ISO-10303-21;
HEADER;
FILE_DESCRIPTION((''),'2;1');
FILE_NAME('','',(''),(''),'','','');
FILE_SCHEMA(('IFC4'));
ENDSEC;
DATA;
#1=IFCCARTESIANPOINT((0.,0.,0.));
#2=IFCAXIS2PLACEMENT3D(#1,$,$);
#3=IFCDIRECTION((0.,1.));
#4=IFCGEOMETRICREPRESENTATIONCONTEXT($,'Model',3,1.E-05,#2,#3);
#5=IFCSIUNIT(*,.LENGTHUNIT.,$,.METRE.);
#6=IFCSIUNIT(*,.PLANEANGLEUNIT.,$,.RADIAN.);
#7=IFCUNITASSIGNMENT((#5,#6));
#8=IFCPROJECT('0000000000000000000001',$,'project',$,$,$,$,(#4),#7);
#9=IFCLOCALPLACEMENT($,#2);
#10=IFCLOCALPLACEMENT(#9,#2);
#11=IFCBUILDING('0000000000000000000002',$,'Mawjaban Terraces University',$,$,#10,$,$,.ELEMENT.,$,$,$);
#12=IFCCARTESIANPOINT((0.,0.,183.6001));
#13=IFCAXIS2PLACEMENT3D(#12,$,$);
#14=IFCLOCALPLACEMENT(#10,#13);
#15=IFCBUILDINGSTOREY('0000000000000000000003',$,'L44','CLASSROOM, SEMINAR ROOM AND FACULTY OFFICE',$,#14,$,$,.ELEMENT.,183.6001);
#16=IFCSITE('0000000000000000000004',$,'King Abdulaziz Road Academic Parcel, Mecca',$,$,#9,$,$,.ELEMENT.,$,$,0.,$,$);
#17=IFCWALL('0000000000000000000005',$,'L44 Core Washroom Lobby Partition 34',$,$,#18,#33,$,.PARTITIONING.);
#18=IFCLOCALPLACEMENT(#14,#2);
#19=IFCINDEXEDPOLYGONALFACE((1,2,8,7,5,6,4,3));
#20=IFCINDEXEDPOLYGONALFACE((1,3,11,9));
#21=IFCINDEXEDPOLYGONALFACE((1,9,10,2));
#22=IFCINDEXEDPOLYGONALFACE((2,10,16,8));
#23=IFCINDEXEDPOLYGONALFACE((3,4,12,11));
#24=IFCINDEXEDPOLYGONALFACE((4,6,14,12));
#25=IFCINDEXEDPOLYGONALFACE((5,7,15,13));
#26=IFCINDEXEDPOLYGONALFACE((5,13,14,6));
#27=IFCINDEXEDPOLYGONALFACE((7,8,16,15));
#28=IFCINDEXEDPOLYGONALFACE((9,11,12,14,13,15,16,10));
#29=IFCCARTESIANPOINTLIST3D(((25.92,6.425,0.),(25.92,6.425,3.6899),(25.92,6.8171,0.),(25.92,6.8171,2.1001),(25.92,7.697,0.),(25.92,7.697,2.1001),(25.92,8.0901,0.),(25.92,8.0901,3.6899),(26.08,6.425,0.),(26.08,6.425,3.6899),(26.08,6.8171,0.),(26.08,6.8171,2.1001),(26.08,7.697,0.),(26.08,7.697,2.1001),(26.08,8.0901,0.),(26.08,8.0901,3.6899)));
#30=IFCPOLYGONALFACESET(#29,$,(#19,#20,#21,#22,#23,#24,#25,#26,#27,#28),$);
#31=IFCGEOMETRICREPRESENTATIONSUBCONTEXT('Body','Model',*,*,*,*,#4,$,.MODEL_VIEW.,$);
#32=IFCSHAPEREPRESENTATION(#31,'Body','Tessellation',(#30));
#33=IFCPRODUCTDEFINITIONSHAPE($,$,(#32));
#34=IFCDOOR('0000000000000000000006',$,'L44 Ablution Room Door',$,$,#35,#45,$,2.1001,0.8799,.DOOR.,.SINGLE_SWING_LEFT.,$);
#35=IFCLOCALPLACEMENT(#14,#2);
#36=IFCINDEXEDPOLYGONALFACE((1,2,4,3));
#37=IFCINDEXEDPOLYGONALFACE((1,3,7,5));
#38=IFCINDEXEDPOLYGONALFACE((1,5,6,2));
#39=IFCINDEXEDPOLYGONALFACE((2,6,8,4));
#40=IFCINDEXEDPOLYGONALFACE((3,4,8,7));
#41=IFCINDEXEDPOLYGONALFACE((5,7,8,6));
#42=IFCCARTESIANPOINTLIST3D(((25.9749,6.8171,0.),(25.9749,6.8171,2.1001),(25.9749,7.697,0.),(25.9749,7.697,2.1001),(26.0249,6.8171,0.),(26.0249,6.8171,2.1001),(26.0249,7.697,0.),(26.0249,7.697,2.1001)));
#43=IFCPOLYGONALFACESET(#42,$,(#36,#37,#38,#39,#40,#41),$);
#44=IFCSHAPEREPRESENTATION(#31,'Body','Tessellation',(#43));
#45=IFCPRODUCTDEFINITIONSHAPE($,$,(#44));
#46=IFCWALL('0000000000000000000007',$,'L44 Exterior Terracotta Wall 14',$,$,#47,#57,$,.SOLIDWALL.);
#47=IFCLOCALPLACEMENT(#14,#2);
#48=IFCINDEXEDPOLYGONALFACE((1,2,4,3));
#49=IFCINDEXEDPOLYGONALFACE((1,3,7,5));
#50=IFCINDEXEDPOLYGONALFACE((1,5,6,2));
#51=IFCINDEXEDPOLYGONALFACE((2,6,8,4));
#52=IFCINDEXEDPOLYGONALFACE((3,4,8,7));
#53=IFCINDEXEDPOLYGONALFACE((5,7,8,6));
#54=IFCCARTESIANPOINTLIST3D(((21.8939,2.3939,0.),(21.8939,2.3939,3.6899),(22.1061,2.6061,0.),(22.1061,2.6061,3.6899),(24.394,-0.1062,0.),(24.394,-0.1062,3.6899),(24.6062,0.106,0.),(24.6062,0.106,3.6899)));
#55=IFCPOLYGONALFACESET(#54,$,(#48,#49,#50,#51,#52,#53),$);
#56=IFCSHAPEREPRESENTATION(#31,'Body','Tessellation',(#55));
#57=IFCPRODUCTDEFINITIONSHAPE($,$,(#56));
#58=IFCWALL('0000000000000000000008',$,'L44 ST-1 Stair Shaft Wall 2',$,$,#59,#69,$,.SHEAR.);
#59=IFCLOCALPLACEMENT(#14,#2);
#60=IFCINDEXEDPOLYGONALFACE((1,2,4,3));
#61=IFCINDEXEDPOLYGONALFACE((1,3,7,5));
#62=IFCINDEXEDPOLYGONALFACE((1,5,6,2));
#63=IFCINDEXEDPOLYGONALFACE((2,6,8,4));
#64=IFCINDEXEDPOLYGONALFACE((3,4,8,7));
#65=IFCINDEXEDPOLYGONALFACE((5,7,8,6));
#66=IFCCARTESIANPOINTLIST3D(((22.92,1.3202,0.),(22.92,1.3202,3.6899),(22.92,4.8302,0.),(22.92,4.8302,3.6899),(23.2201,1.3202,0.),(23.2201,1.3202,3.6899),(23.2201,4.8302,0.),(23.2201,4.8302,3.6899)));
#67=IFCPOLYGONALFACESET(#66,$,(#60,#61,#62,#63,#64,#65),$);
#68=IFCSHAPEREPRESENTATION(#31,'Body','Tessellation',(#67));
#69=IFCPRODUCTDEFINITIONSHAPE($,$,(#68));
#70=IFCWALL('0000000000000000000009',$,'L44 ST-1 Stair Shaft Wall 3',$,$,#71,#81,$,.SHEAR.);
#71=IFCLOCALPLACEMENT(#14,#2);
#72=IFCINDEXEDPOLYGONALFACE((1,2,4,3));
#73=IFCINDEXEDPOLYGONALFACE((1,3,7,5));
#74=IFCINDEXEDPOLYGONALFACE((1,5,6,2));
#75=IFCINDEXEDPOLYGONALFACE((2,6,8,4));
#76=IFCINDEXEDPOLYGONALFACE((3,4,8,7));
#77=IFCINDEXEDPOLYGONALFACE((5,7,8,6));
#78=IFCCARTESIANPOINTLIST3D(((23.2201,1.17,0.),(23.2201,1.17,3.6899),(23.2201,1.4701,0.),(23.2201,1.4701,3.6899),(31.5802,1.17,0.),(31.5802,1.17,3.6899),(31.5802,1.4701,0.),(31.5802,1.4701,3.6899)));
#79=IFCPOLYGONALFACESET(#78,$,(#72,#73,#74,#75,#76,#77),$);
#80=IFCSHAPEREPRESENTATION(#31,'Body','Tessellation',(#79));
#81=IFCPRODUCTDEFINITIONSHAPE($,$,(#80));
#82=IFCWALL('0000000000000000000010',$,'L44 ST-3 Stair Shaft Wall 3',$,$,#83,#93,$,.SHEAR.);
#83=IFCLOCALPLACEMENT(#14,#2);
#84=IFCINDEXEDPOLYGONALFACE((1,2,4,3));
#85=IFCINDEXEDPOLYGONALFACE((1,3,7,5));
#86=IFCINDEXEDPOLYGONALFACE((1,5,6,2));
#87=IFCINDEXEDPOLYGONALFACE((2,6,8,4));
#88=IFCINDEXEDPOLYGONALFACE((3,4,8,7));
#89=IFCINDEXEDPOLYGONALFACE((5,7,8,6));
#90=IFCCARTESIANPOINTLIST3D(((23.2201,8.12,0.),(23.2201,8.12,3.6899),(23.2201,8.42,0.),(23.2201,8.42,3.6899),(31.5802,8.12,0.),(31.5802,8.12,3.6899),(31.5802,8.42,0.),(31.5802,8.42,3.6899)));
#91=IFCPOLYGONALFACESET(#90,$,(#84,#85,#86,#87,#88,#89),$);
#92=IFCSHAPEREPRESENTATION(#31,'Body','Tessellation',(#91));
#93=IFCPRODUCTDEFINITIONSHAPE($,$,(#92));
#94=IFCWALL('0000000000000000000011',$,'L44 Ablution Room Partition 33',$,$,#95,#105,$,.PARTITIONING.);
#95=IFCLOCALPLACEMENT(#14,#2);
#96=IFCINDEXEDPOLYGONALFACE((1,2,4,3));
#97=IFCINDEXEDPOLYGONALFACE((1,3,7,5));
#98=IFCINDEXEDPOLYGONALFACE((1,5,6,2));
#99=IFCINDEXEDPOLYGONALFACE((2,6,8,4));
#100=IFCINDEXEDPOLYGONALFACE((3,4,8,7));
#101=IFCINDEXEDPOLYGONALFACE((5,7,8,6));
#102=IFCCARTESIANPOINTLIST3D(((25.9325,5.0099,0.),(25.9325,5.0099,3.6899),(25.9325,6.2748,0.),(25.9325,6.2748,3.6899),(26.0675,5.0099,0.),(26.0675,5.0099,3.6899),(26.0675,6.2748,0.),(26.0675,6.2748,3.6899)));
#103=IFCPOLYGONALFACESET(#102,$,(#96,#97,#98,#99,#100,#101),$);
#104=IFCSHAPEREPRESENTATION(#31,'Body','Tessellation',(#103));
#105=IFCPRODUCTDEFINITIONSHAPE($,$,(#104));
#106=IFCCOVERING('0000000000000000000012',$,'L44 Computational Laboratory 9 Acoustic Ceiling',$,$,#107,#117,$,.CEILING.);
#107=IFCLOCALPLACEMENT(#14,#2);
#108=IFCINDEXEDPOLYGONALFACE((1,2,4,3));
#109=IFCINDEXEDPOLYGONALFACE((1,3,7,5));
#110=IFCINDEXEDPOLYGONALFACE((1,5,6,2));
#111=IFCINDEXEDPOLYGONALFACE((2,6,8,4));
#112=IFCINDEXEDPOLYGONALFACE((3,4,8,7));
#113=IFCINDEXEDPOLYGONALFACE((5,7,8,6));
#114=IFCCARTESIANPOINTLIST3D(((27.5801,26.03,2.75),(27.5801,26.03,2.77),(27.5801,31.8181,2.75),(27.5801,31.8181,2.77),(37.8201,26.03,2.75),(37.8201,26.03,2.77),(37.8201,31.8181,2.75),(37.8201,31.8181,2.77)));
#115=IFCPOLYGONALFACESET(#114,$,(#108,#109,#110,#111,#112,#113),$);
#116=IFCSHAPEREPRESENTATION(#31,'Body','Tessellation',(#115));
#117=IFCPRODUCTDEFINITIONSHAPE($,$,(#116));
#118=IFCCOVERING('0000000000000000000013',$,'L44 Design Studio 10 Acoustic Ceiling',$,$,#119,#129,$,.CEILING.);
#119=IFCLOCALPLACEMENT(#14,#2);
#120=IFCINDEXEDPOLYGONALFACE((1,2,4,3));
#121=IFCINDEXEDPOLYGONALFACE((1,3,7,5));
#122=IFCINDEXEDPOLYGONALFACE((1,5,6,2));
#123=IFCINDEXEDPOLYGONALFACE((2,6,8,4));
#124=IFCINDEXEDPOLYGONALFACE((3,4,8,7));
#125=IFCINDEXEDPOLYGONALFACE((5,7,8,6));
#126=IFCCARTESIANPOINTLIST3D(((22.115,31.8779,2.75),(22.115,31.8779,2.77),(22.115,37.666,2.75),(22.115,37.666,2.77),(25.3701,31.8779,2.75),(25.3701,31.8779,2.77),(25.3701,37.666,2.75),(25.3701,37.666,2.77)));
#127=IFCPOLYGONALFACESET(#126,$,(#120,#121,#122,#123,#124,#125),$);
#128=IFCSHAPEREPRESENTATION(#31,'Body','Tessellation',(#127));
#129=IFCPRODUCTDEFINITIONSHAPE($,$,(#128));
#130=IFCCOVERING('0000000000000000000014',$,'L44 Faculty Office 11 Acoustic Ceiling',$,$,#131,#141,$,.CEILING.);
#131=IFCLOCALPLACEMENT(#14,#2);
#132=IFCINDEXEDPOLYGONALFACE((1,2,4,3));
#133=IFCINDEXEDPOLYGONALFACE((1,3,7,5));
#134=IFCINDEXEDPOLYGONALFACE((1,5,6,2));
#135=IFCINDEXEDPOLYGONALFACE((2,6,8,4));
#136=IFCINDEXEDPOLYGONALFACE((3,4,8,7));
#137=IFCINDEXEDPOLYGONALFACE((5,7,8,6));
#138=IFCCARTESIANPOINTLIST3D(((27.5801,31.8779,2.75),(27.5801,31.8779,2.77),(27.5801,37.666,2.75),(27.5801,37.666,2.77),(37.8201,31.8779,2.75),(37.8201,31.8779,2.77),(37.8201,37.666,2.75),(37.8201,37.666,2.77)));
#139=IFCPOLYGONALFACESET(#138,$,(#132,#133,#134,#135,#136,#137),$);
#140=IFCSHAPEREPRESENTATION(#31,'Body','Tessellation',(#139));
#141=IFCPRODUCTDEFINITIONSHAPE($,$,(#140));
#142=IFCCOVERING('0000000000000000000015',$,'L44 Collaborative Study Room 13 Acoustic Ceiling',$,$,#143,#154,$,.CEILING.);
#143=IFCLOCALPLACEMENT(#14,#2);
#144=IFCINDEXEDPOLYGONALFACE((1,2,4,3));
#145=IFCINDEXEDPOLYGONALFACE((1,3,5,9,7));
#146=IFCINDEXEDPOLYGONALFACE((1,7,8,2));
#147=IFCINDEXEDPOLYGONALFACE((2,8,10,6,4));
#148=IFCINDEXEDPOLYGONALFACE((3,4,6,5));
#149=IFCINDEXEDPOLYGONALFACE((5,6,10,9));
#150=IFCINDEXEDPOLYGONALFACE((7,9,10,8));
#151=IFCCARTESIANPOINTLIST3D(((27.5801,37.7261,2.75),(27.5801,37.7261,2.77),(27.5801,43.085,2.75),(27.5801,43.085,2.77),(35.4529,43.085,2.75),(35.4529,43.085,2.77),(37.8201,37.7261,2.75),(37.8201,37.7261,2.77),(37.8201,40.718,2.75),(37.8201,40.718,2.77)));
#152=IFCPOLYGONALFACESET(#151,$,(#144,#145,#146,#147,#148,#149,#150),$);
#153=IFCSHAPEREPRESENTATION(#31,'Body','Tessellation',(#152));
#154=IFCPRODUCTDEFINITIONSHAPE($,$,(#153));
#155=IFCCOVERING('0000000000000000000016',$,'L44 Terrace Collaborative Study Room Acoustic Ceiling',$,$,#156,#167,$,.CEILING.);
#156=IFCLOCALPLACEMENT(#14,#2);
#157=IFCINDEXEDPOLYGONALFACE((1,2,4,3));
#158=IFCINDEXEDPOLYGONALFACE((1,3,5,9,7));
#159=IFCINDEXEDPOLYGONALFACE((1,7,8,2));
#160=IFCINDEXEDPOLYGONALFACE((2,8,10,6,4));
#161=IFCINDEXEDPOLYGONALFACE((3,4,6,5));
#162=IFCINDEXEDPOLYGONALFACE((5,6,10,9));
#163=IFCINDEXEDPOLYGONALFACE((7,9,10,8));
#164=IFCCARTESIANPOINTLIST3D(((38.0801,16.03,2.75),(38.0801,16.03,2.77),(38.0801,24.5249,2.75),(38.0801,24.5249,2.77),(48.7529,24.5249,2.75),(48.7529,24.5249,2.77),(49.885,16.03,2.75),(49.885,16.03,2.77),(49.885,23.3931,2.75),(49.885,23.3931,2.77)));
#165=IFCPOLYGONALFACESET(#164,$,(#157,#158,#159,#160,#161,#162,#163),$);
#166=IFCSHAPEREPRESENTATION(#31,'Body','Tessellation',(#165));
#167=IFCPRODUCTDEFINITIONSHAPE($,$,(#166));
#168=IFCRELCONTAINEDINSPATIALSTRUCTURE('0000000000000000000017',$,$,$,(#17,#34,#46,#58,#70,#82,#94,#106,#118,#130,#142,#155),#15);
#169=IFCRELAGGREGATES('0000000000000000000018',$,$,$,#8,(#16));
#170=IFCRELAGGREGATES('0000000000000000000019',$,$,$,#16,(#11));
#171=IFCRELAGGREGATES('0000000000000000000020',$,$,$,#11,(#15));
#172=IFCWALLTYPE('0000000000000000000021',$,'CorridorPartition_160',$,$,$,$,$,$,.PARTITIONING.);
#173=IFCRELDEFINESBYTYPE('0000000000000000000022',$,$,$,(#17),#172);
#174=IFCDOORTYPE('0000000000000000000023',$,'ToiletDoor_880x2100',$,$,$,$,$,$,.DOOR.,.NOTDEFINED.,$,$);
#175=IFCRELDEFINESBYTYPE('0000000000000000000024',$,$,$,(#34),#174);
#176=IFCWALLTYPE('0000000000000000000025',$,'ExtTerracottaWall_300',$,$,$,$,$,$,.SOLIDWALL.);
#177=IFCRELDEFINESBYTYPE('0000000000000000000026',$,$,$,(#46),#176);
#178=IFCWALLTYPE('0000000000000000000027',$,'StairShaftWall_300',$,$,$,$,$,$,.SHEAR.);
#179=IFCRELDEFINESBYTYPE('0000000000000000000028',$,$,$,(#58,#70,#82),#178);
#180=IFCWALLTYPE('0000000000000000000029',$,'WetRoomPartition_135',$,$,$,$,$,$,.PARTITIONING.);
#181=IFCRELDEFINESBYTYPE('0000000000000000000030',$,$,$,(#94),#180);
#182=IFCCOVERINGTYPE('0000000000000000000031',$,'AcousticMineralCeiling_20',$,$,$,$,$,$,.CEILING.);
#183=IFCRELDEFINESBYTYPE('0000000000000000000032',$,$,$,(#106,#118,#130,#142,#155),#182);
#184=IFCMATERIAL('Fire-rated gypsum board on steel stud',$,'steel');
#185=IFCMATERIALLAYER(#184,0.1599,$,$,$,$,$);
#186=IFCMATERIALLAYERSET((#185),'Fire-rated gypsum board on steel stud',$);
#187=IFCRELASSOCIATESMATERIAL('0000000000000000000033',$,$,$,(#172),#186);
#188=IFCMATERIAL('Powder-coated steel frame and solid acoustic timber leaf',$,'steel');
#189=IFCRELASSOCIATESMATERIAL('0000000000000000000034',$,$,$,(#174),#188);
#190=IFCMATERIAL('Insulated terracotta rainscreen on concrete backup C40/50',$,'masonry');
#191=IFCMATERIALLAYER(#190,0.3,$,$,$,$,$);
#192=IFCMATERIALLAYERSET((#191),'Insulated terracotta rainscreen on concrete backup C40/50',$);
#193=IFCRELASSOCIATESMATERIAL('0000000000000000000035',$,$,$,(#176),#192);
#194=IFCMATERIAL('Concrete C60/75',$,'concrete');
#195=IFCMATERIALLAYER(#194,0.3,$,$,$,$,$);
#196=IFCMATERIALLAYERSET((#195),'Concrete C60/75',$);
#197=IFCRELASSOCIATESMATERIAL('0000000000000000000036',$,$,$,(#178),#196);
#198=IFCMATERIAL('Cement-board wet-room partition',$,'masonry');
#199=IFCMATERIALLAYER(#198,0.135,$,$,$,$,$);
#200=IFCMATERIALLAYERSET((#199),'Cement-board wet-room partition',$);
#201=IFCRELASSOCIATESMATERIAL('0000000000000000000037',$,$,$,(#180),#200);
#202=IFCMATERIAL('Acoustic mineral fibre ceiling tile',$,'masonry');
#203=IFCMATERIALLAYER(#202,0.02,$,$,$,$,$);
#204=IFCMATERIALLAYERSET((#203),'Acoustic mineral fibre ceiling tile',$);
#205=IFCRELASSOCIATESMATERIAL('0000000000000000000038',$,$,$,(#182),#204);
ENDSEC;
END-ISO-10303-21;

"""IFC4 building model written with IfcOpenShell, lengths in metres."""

from ifc_helpers import new_model, si_unit, direction, frame, frame_2d, origin, place, context, subcontext, project, spatial, polyline, rectangle, outline, extrude, material, layer, layer_set, type_object, element, fill, save


model = new_model("IFC4")

# Units and contexts
model_context = context("Model", 3, precision=1e-05, world=origin(), true_north=direction((0.0, 1.0)))
body_context = subcontext(model_context, "Body", "Model", "MODEL_VIEW")
ifc_project = project(units=[si_unit("LENGTHUNIT", "METRE"), si_unit("PLANEANGLEUNIT", "RADIAN")], contexts=[model_context])

# Site, building, storey
site_placement = place(None, origin())
site = spatial("IfcSite", under=ifc_project, at=site_placement, Name="King Abdulaziz Road Academic Parcel, Mecca", CompositionType="ELEMENT", RefElevation=0.0)
building_placement = place(site_placement, origin())
building = spatial("IfcBuilding", under=site, at=building_placement, Name="Mawjaban Terraces University", CompositionType="ELEMENT")
storey_placement = place(building_placement, frame((0.0, 0.0, 183.6001)))
storey = spatial("IfcBuildingStorey", under=building, at=storey_placement, Name="L44", Description="CLASSROOM, SEMINAR ROOM AND FACULTY OFFICE", CompositionType="ELEMENT", Elevation=183.6001)

# Shared definitions
ifc_material_1 = material(Name="Concrete C60/75", Category="concrete")

# Wall, opening, door
ifc_material_2 = material(Name="Fire-rated gypsum board on steel stud", Category="steel")
ifc_layer_1 = layer(ifc_material_2, 0.1599)
ifc_layer_set_1 = layer_set([ifc_layer_1], Name="Fire-rated gypsum board on steel stud")
wall_type_1 = type_object("IfcWallType", Name="CorridorPartition_160", PredefinedType="PARTITIONING", material=ifc_layer_set_1)
ifc_material_3 = material(Name="Powder-coated steel frame and solid acoustic timber leaf", Category="steel")
door_type = type_object("IfcDoorType", Name="ToiletDoor_880x2100", OperationType="NOTDEFINED", PredefinedType="DOOR", material=ifc_material_3)
wall_1_placement = place(storey_placement, frame((26.0, 8.0901, 0.0), z_axis=(0.0, 0.0, 1.0), x_axis=(0.0, -1.0, 0.0)))
wall_1 = element("IfcWall", 1, at=wall_1_placement, inside=storey, type_object=wall_type_1, Name="L44 Core Washroom Lobby Partition 34", PredefinedType="PARTITIONING", context=body_context, shape_type="SweptSolid", body=[
    extrude(rectangle(XDim=1.665, YDim=0.1599, at=frame_2d((0.8325, 0.0))), origin(), (0.0, 0.0, 1.0), 3.6899),
])
opening_1_placement = place(wall_1_placement, frame((0.3931, 0.0, 0.0)))
opening_1 = element("IfcOpeningElement", 2, at=opening_1_placement, cuts=wall_1, PredefinedType="OPENING", context=body_context, shape_type="SweptSolid", body=[
    extrude(rectangle(XDim=0.8799, YDim=2.1001, at=frame_2d((0.4399, 1.05))), frame((0.0, 0.0898, 0.0), z_axis=(0.0, -1.0, 0.0), x_axis=(1.0, 0.0, 0.0)), (0.0, 0.0, 1.0), 0.1799),
])
door_1_placement = place(opening_1_placement, origin())
door_1 = element("IfcDoor", 3, at=door_1_placement, inside=storey, type_object=door_type, Name="L44 Ablution Room Door", OperationType="SINGLE_SWING_LEFT", OverallHeight=2.1001, OverallWidth=0.8799, PredefinedType="DOOR", context=body_context, shape_type="SweptSolid", body=[
    extrude(rectangle(XDim=0.8799, YDim=2.1001, at=frame_2d((0.4399, 1.05))), frame((0.0, 0.0249, 0.0), z_axis=(0.0, -1.0, 0.0), x_axis=(1.0, 0.0, 0.0)), (0.0, 0.0, 1.0), 0.05),
])
fill(opening_1, door_1)

# Walls
ifc_material_4 = material(Name="Insulated terracotta rainscreen on concrete backup C40/50", Category="masonry")
ifc_layer_2 = layer(ifc_material_4, 0.3)
ifc_layer_set_2 = layer_set([ifc_layer_2], Name="Insulated terracotta rainscreen on concrete backup C40/50")
wall_type_2 = type_object("IfcWallType", Name="ExtTerracottaWall_300", PredefinedType="SOLIDWALL", material=ifc_layer_set_2)
wall_2_placement = place(storey_placement, frame((22.0, 2.5, 0.0), z_axis=(0.0, 0.0, 1.0), x_axis=(0.707107, -0.707107, 0.0)))
element("IfcWall", 4, at=wall_2_placement, inside=storey, type_object=wall_type_2, Name="L44 Exterior Terracotta Wall 14", PredefinedType="SOLIDWALL", context=body_context, shape_type="SweptSolid", body=[
    extrude(rectangle(XDim=3.5356, YDim=0.3, at=frame_2d((1.7678, 0.0))), origin(), (0.0, 0.0, 1.0), 3.6899),
])
ifc_layer_3 = layer(ifc_material_1, 0.3)
ifc_layer_set_3 = layer_set([ifc_layer_3], Name="Concrete C60/75")
wall_type_3 = type_object("IfcWallType", Name="StairShaftWall_300", PredefinedType="SHEAR", material=ifc_layer_set_3)
wall_3_placement = place(storey_placement, frame((23.0701, 4.8301, 0.0), z_axis=(0.0, 0.0, 1.0), x_axis=(0.0, -1.0, 0.0)))
element("IfcWall", 5, at=wall_3_placement, inside=storey, type_object=wall_type_3, Name="L44 ST-1 Stair Shaft Wall 2", PredefinedType="SHEAR", context=body_context, shape_type="SweptSolid", body=[
    extrude(rectangle(XDim=3.51, YDim=0.3, at=frame_2d((1.7549, 0.0))), origin(), (0.0, 0.0, 1.0), 3.6899),
])
for number, where, z_axis, x_axis, name in (
    (6, (23.22, 1.3201, 0.0), (0.0, 0.0, 1.0), (1.0, 0.0, 0.0), "L44 ST-1 Stair Shaft Wall 3"),
    (7, (23.22, 8.27, 0.0), (0.0, 0.0, 1.0), (1.0, 0.0, 0.0), "L44 ST-3 Stair Shaft Wall 3"),
):
    element("IfcWall", number, at=place(storey_placement, frame(where, z_axis=z_axis, x_axis=x_axis)), inside=storey, type_object=wall_type_3, Name=name, PredefinedType="SHEAR", context=body_context, shape_type="SweptSolid", body=[
        extrude(rectangle(XDim=8.3601, YDim=0.3, at=frame_2d((4.1802, 0.0))), origin(), (0.0, 0.0, 1.0), 3.6899),
    ])
ifc_material_5 = material(Name="Cement-board wet-room partition", Category="masonry")
ifc_layer_4 = layer(ifc_material_5, 0.135)
ifc_layer_set_4 = layer_set([ifc_layer_4], Name="Cement-board wet-room partition")
wall_type_4 = type_object("IfcWallType", Name="WetRoomPartition_135", PredefinedType="PARTITIONING", material=ifc_layer_set_4)
wall_4_placement = place(storey_placement, frame((26.0, 5.01, 0.0), z_axis=(0.0, 0.0, 1.0), x_axis=(0.0, 1.0, 0.0)))
element("IfcWall", 8, at=wall_4_placement, inside=storey, type_object=wall_type_4, Name="L44 Ablution Room Partition 33", PredefinedType="PARTITIONING", context=body_context, shape_type="SweptSolid", body=[
    extrude(rectangle(XDim=1.2649, YDim=0.135, at=frame_2d((0.6323, 0.0))), origin(), (0.0, 0.0, 1.0), 3.6899),
])

# Coverings
ifc_material_6 = material(Name="Acoustic mineral fibre ceiling tile", Category="masonry")
ifc_layer_5 = layer(ifc_material_6, 0.02)
ifc_layer_set_5 = layer_set([ifc_layer_5], Name="Acoustic mineral fibre ceiling tile")
covering_type = type_object("IfcCoveringType", Name="AcousticMineralCeiling_20", PredefinedType="CEILING", material=ifc_layer_set_5)
covering_1_placement = place(storey_placement, frame((0.0, 0.0, 2.75)))
element("IfcCovering", 9, at=covering_1_placement, inside=storey, type_object=covering_type, Name="L44 Computational Laboratory 9 Acoustic Ceiling", PredefinedType="CEILING", context=body_context, shape_type="SweptSolid", body=[
    extrude(outline(polyline([(37.8201, 26.03), (37.8201, 31.8181), (27.5801, 31.8181), (27.5801, 26.03), (37.8201, 26.03)])), origin(), (0.0, 0.0, 1.0), 0.02),
])
covering_2_placement = place(storey_placement, frame((0.0, 0.0, 2.75)))
element("IfcCovering", 10, at=covering_2_placement, inside=storey, type_object=covering_type, Name="L44 Design Studio 10 Acoustic Ceiling", PredefinedType="CEILING", context=body_context, shape_type="SweptSolid", body=[
    extrude(outline(polyline([(22.115, 37.666), (22.115, 31.8779), (25.3701, 31.8779), (25.3701, 37.666), (22.115, 37.666)])), origin(), (0.0, 0.0, 1.0), 0.02),
])
covering_3_placement = place(storey_placement, frame((0.0, 0.0, 2.75)))
element("IfcCovering", 11, at=covering_3_placement, inside=storey, type_object=covering_type, Name="L44 Faculty Office 11 Acoustic Ceiling", PredefinedType="CEILING", context=body_context, shape_type="SweptSolid", body=[
    extrude(outline(polyline([(37.8201, 31.8779), (37.8201, 37.666), (27.5801, 37.666), (27.5801, 31.8779), (37.8201, 31.8779)])), origin(), (0.0, 0.0, 1.0), 0.02),
])
covering_4_placement = place(storey_placement, frame((0.0, 0.0, 2.75)))
element("IfcCovering", 12, at=covering_4_placement, inside=storey, type_object=covering_type, Name="L44 Collaborative Study Room 13 Acoustic Ceiling", PredefinedType="CEILING", context=body_context, shape_type="SweptSolid", body=[
    extrude(outline(polyline([(37.8201, 40.718), (35.4529, 43.085), (27.5801, 43.085), (27.5801, 37.7261), (37.8201, 37.7261), (37.8201, 40.718)])), origin(), (0.0, 0.0, 1.0), 0.02),
])
covering_5_placement = place(storey_placement, frame((0.0, 0.0, 2.75)))
element("IfcCovering", 13, at=covering_5_placement, inside=storey, type_object=covering_type, Name="L44 Terrace Collaborative Study Room Acoustic Ceiling", PredefinedType="CEILING", context=body_context, shape_type="SweptSolid", body=[
    extrude(outline(polyline([(49.885, 16.03), (49.885, 23.3931), (48.7529, 24.5249), (38.0801, 24.5249), (38.0801, 16.03), (49.885, 16.03)])), origin(), (0.0, 0.0, 1.0), 0.02),
])

save(model, "model.ifc")
